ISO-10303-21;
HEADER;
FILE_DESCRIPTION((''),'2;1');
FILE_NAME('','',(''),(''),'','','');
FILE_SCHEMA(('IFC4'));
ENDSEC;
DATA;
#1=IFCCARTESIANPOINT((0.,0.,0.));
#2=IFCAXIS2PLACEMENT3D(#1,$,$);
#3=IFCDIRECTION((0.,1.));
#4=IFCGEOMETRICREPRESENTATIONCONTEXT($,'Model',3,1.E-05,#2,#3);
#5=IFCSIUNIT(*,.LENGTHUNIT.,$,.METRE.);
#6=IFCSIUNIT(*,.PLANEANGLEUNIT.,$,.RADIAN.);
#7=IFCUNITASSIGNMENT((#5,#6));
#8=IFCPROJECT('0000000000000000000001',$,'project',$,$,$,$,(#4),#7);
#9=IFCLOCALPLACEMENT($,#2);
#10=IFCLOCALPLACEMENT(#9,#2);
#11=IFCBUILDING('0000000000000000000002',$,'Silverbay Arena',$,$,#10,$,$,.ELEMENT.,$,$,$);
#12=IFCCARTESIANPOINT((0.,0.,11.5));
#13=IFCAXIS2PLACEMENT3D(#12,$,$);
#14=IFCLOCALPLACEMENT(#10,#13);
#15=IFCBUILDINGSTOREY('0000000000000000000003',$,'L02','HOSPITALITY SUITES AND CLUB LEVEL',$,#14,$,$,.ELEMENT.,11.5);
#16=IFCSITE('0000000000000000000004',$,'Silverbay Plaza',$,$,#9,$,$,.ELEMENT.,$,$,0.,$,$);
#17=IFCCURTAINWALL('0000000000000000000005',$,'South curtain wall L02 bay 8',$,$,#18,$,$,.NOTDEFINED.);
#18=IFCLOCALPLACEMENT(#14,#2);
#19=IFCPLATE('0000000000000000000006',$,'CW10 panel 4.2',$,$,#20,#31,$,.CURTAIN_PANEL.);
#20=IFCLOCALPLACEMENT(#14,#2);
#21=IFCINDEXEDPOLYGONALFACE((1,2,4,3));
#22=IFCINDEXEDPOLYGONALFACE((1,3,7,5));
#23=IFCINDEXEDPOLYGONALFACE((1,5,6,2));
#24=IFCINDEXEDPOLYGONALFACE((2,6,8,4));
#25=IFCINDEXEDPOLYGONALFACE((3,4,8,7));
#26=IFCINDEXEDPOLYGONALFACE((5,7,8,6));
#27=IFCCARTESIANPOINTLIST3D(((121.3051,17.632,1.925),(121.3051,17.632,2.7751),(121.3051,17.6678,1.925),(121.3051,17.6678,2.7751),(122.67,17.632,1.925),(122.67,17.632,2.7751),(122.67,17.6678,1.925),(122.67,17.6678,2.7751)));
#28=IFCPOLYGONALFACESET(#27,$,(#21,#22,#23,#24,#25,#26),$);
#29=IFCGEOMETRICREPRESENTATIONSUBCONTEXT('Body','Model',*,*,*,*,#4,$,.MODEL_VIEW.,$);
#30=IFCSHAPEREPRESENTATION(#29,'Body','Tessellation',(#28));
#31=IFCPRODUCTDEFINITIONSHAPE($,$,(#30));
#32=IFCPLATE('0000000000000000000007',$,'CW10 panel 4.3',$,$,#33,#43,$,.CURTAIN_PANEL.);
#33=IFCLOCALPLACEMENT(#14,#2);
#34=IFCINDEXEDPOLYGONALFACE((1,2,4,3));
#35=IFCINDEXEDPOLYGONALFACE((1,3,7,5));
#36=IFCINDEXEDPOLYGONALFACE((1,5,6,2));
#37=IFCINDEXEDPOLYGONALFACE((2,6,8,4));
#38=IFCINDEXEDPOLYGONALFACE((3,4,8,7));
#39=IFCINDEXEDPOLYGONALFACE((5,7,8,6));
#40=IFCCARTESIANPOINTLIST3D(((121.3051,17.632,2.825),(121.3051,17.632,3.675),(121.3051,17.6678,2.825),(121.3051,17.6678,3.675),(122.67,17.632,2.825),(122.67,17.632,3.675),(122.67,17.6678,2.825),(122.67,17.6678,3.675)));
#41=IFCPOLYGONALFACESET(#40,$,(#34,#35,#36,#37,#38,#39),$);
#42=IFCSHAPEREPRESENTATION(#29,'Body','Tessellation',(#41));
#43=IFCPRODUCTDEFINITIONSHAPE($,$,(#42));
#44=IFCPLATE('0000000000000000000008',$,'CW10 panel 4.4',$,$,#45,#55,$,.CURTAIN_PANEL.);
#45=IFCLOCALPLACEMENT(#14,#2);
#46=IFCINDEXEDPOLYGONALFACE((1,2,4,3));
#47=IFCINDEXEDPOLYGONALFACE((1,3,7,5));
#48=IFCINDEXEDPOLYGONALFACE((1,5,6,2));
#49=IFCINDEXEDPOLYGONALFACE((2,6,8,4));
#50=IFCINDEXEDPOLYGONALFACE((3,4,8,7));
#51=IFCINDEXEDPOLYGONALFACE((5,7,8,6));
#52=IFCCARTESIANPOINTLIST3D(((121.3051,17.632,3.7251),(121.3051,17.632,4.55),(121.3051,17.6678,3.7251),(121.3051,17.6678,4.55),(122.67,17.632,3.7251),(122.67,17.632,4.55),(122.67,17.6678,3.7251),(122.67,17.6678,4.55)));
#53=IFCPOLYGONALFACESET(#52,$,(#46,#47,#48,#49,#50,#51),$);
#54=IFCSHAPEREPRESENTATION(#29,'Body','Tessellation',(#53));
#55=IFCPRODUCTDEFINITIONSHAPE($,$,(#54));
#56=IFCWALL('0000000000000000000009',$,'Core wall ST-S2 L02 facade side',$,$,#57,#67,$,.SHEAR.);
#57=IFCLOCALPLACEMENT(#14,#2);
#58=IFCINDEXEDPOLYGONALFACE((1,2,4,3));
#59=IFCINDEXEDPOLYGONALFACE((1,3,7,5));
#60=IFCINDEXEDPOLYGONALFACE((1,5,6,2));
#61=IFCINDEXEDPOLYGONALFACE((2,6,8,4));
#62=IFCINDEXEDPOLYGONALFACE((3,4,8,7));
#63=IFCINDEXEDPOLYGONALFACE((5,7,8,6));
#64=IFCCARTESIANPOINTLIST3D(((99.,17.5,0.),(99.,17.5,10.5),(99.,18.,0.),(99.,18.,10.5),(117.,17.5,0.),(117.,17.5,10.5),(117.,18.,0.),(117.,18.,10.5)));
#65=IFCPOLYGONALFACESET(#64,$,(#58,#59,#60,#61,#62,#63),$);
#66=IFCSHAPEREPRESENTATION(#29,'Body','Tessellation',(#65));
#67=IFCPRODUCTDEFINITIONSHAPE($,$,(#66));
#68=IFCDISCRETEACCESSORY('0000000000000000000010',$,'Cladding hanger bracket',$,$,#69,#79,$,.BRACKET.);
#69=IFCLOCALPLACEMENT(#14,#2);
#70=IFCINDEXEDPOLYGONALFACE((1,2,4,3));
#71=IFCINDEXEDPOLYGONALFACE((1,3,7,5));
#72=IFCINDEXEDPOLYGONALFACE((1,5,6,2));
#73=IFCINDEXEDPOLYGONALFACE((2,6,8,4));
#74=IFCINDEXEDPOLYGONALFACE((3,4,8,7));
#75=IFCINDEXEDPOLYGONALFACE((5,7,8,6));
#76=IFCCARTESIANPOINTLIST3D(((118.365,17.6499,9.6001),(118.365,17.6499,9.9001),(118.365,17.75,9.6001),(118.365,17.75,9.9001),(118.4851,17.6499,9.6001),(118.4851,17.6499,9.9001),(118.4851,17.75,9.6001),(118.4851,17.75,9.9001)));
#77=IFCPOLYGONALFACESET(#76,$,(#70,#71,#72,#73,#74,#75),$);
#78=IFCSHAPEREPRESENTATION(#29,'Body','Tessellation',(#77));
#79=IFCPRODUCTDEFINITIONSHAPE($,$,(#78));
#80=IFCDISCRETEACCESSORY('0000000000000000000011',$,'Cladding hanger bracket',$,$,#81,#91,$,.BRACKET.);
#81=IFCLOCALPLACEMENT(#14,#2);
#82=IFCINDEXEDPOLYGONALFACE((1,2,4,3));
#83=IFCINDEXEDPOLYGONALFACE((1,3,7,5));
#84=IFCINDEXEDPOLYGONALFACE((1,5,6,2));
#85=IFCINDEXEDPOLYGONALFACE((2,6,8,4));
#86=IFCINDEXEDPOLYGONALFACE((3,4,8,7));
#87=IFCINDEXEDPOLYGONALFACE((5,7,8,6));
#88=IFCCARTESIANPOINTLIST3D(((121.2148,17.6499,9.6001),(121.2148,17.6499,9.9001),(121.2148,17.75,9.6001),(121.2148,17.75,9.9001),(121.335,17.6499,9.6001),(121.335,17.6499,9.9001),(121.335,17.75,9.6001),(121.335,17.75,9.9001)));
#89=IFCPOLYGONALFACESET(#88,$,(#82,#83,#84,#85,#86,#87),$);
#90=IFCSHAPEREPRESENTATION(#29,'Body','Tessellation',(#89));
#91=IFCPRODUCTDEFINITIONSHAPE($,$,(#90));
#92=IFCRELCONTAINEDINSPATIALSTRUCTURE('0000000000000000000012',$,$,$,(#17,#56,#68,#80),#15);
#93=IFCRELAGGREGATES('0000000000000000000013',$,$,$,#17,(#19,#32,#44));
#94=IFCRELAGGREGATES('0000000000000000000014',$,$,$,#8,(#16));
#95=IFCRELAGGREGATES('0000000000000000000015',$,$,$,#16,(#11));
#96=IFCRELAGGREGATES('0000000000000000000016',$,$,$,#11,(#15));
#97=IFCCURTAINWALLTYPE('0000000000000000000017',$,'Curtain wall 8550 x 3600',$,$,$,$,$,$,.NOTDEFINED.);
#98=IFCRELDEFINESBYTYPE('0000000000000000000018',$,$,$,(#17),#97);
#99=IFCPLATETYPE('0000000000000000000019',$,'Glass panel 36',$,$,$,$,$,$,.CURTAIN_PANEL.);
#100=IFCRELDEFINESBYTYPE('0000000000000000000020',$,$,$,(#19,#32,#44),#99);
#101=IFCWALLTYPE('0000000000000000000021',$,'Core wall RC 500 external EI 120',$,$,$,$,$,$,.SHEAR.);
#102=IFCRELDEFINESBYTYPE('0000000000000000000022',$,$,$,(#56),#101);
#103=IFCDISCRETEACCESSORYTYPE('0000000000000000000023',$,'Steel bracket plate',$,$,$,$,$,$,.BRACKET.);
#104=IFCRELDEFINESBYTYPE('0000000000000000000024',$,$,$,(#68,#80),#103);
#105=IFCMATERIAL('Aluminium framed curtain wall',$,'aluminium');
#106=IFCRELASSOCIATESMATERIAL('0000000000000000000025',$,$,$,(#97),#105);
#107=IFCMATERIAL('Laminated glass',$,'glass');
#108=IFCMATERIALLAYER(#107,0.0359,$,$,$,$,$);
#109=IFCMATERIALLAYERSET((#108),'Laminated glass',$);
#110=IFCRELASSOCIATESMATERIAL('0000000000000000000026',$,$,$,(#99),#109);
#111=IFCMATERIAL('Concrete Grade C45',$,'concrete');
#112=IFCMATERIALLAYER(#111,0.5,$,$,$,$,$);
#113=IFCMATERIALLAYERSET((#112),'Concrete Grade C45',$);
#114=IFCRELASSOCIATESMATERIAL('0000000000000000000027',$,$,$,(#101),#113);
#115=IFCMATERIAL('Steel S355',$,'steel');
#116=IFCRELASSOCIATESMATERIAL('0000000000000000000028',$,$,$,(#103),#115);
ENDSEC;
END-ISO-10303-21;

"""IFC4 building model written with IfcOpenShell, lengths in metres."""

from ifc_helpers import new_model, si_unit, direction, frame, frame_2d, origin, origin_2d, place, context, subcontext, project, spatial, rectangle, extrude, material, layer, layer_set, type_object, element, aggregate, save


model = new_model("IFC4")

# Units and contexts
model_context = context("Model", 3, precision=1e-05, world=origin(), true_north=direction((0.0, 1.0)))
body_context = subcontext(model_context, "Body", "Model", "MODEL_VIEW")
ifc_project = project(units=[si_unit("LENGTHUNIT", "METRE"), si_unit("PLANEANGLEUNIT", "RADIAN")], contexts=[model_context])

# Site, building, storey
site_placement = place(None, origin())
site = spatial("IfcSite", under=ifc_project, at=site_placement, Name="Silverbay Plaza", CompositionType="ELEMENT", RefElevation=0.0)
building_placement = place(site_placement, origin())
building = spatial("IfcBuilding", under=site, at=building_placement, Name="Silverbay Arena", CompositionType="ELEMENT")
storey_placement = place(building_placement, frame((0.0, 0.0, 11.5)))
storey = spatial("IfcBuildingStorey", under=building, at=storey_placement, Name="L02", Description="HOSPITALITY SUITES AND CLUB LEVEL", CompositionType="ELEMENT", Elevation=11.5)

# Curtain wall
ifc_material_1 = material(Name="Aluminium framed curtain wall", Category="aluminium")
curtain_wall_type = type_object("IfcCurtainWallType", Name="Curtain wall 8550 x 3600", PredefinedType="NOTDEFINED", material=ifc_material_1)
curtain_wall_placement = place(storey_placement, origin())
curtain_wall = element("IfcCurtainWall", 1, at=curtain_wall_placement, inside=storey, type_object=curtain_wall_type, Name="South curtain wall L02 bay 8", PredefinedType="NOTDEFINED")

# Plates
ifc_material_2 = material(Name="Laminated glass", Category="glass")
ifc_layer_1 = layer(ifc_material_2, 0.0359)
ifc_layer_set_1 = layer_set([ifc_layer_1], Name="Laminated glass")
plate_type = type_object("IfcPlateType", Name="Glass panel 36", PredefinedType="CURTAIN_PANEL", material=ifc_layer_set_1)
plate_1_placement = place(storey_placement, frame((121.9875, 17.6499, 1.925), z_axis=(0.0, 0.0, 1.0), x_axis=(1.0, 0.0, 0.0)))
plate_1 = element("IfcPlate", 2, at=plate_1_placement, type_object=plate_type, Name="CW10 panel 4.2", PredefinedType="CURTAIN_PANEL", context=body_context, shape_type="SweptSolid", body=[
    extrude(rectangle(XDim=1.365, YDim=0.0359, at=origin_2d()), origin(), (0.0, 0.0, 1.0), 0.8501),
])
plate_2_placement = place(storey_placement, frame((121.9875, 17.6499, 2.825), z_axis=(0.0, 0.0, 1.0), x_axis=(1.0, 0.0, 0.0)))
plate_2 = element("IfcPlate", 3, at=plate_2_placement, type_object=plate_type, Name="CW10 panel 4.3", PredefinedType="CURTAIN_PANEL", context=body_context, shape_type="SweptSolid", body=[
    extrude(rectangle(XDim=1.365, YDim=0.0359, at=origin_2d()), origin(), (0.0, 0.0, 1.0), 0.8501),
])
plate_3_placement = place(storey_placement, frame((121.9875, 17.6499, 3.7251), z_axis=(0.0, 0.0, 1.0), x_axis=(1.0, 0.0, 0.0)))
plate_3 = element("IfcPlate", 4, at=plate_3_placement, type_object=plate_type, Name="CW10 panel 4.4", PredefinedType="CURTAIN_PANEL", context=body_context, shape_type="SweptSolid", body=[
    extrude(rectangle(XDim=1.365, YDim=0.0359, at=origin_2d()), origin(), (0.0, 0.0, 1.0), 0.825),
])
aggregate(curtain_wall, [plate_1, plate_2, plate_3])

# Wall
ifc_material_3 = material(Name="Concrete Grade C45", Category="concrete")
ifc_layer_2 = layer(ifc_material_3, 0.5)
ifc_layer_set_2 = layer_set([ifc_layer_2], Name="Concrete Grade C45")
wall_type = type_object("IfcWallType", Name="Core wall RC 500 external EI 120", PredefinedType="SHEAR", material=ifc_layer_set_2)
wall_placement = place(storey_placement, frame((117.0, 17.75, 0.0), z_axis=(0.0, 0.0, 1.0), x_axis=(-1.0, 0.0, 0.0)))
element("IfcWall", 5, at=wall_placement, inside=storey, type_object=wall_type, Name="Core wall ST-S2 L02 facade side", PredefinedType="SHEAR", context=body_context, shape_type="SweptSolid", body=[
    extrude(rectangle(XDim=18.0, YDim=0.5, at=frame_2d((9.0, 0.0))), origin(), (0.0, 0.0, 1.0), 10.5),
])

# Discrete accessories
ifc_material_4 = material(Name="Steel S355", Category="steel")
discrete_accessory_type = type_object("IfcDiscreteAccessoryType", Name="Steel bracket plate", PredefinedType="BRACKET", material=ifc_material_4)
for number, where, z_axis, x_axis, name in (
    (6, (118.425, 17.7, 9.6001), (0.0, 0.0, 1.0), (1.0, 0.0, 0.0), "Cladding hanger bracket"),
    (7, (121.2749, 17.7, 9.6001), (0.0, 0.0, 1.0), (1.0, 0.0, 0.0), "Cladding hanger bracket"),
):
    element("IfcDiscreteAccessory", number, at=place(storey_placement, frame(where, z_axis=z_axis, x_axis=x_axis)), inside=storey, type_object=discrete_accessory_type, Name=name, PredefinedType="BRACKET", context=body_context, shape_type="SweptSolid", body=[
        extrude(rectangle(XDim=0.1201, YDim=0.1001, at=origin_2d()), origin(), (0.0, 0.0, 1.0), 0.3),
    ])

save(model, "model.ifc")
